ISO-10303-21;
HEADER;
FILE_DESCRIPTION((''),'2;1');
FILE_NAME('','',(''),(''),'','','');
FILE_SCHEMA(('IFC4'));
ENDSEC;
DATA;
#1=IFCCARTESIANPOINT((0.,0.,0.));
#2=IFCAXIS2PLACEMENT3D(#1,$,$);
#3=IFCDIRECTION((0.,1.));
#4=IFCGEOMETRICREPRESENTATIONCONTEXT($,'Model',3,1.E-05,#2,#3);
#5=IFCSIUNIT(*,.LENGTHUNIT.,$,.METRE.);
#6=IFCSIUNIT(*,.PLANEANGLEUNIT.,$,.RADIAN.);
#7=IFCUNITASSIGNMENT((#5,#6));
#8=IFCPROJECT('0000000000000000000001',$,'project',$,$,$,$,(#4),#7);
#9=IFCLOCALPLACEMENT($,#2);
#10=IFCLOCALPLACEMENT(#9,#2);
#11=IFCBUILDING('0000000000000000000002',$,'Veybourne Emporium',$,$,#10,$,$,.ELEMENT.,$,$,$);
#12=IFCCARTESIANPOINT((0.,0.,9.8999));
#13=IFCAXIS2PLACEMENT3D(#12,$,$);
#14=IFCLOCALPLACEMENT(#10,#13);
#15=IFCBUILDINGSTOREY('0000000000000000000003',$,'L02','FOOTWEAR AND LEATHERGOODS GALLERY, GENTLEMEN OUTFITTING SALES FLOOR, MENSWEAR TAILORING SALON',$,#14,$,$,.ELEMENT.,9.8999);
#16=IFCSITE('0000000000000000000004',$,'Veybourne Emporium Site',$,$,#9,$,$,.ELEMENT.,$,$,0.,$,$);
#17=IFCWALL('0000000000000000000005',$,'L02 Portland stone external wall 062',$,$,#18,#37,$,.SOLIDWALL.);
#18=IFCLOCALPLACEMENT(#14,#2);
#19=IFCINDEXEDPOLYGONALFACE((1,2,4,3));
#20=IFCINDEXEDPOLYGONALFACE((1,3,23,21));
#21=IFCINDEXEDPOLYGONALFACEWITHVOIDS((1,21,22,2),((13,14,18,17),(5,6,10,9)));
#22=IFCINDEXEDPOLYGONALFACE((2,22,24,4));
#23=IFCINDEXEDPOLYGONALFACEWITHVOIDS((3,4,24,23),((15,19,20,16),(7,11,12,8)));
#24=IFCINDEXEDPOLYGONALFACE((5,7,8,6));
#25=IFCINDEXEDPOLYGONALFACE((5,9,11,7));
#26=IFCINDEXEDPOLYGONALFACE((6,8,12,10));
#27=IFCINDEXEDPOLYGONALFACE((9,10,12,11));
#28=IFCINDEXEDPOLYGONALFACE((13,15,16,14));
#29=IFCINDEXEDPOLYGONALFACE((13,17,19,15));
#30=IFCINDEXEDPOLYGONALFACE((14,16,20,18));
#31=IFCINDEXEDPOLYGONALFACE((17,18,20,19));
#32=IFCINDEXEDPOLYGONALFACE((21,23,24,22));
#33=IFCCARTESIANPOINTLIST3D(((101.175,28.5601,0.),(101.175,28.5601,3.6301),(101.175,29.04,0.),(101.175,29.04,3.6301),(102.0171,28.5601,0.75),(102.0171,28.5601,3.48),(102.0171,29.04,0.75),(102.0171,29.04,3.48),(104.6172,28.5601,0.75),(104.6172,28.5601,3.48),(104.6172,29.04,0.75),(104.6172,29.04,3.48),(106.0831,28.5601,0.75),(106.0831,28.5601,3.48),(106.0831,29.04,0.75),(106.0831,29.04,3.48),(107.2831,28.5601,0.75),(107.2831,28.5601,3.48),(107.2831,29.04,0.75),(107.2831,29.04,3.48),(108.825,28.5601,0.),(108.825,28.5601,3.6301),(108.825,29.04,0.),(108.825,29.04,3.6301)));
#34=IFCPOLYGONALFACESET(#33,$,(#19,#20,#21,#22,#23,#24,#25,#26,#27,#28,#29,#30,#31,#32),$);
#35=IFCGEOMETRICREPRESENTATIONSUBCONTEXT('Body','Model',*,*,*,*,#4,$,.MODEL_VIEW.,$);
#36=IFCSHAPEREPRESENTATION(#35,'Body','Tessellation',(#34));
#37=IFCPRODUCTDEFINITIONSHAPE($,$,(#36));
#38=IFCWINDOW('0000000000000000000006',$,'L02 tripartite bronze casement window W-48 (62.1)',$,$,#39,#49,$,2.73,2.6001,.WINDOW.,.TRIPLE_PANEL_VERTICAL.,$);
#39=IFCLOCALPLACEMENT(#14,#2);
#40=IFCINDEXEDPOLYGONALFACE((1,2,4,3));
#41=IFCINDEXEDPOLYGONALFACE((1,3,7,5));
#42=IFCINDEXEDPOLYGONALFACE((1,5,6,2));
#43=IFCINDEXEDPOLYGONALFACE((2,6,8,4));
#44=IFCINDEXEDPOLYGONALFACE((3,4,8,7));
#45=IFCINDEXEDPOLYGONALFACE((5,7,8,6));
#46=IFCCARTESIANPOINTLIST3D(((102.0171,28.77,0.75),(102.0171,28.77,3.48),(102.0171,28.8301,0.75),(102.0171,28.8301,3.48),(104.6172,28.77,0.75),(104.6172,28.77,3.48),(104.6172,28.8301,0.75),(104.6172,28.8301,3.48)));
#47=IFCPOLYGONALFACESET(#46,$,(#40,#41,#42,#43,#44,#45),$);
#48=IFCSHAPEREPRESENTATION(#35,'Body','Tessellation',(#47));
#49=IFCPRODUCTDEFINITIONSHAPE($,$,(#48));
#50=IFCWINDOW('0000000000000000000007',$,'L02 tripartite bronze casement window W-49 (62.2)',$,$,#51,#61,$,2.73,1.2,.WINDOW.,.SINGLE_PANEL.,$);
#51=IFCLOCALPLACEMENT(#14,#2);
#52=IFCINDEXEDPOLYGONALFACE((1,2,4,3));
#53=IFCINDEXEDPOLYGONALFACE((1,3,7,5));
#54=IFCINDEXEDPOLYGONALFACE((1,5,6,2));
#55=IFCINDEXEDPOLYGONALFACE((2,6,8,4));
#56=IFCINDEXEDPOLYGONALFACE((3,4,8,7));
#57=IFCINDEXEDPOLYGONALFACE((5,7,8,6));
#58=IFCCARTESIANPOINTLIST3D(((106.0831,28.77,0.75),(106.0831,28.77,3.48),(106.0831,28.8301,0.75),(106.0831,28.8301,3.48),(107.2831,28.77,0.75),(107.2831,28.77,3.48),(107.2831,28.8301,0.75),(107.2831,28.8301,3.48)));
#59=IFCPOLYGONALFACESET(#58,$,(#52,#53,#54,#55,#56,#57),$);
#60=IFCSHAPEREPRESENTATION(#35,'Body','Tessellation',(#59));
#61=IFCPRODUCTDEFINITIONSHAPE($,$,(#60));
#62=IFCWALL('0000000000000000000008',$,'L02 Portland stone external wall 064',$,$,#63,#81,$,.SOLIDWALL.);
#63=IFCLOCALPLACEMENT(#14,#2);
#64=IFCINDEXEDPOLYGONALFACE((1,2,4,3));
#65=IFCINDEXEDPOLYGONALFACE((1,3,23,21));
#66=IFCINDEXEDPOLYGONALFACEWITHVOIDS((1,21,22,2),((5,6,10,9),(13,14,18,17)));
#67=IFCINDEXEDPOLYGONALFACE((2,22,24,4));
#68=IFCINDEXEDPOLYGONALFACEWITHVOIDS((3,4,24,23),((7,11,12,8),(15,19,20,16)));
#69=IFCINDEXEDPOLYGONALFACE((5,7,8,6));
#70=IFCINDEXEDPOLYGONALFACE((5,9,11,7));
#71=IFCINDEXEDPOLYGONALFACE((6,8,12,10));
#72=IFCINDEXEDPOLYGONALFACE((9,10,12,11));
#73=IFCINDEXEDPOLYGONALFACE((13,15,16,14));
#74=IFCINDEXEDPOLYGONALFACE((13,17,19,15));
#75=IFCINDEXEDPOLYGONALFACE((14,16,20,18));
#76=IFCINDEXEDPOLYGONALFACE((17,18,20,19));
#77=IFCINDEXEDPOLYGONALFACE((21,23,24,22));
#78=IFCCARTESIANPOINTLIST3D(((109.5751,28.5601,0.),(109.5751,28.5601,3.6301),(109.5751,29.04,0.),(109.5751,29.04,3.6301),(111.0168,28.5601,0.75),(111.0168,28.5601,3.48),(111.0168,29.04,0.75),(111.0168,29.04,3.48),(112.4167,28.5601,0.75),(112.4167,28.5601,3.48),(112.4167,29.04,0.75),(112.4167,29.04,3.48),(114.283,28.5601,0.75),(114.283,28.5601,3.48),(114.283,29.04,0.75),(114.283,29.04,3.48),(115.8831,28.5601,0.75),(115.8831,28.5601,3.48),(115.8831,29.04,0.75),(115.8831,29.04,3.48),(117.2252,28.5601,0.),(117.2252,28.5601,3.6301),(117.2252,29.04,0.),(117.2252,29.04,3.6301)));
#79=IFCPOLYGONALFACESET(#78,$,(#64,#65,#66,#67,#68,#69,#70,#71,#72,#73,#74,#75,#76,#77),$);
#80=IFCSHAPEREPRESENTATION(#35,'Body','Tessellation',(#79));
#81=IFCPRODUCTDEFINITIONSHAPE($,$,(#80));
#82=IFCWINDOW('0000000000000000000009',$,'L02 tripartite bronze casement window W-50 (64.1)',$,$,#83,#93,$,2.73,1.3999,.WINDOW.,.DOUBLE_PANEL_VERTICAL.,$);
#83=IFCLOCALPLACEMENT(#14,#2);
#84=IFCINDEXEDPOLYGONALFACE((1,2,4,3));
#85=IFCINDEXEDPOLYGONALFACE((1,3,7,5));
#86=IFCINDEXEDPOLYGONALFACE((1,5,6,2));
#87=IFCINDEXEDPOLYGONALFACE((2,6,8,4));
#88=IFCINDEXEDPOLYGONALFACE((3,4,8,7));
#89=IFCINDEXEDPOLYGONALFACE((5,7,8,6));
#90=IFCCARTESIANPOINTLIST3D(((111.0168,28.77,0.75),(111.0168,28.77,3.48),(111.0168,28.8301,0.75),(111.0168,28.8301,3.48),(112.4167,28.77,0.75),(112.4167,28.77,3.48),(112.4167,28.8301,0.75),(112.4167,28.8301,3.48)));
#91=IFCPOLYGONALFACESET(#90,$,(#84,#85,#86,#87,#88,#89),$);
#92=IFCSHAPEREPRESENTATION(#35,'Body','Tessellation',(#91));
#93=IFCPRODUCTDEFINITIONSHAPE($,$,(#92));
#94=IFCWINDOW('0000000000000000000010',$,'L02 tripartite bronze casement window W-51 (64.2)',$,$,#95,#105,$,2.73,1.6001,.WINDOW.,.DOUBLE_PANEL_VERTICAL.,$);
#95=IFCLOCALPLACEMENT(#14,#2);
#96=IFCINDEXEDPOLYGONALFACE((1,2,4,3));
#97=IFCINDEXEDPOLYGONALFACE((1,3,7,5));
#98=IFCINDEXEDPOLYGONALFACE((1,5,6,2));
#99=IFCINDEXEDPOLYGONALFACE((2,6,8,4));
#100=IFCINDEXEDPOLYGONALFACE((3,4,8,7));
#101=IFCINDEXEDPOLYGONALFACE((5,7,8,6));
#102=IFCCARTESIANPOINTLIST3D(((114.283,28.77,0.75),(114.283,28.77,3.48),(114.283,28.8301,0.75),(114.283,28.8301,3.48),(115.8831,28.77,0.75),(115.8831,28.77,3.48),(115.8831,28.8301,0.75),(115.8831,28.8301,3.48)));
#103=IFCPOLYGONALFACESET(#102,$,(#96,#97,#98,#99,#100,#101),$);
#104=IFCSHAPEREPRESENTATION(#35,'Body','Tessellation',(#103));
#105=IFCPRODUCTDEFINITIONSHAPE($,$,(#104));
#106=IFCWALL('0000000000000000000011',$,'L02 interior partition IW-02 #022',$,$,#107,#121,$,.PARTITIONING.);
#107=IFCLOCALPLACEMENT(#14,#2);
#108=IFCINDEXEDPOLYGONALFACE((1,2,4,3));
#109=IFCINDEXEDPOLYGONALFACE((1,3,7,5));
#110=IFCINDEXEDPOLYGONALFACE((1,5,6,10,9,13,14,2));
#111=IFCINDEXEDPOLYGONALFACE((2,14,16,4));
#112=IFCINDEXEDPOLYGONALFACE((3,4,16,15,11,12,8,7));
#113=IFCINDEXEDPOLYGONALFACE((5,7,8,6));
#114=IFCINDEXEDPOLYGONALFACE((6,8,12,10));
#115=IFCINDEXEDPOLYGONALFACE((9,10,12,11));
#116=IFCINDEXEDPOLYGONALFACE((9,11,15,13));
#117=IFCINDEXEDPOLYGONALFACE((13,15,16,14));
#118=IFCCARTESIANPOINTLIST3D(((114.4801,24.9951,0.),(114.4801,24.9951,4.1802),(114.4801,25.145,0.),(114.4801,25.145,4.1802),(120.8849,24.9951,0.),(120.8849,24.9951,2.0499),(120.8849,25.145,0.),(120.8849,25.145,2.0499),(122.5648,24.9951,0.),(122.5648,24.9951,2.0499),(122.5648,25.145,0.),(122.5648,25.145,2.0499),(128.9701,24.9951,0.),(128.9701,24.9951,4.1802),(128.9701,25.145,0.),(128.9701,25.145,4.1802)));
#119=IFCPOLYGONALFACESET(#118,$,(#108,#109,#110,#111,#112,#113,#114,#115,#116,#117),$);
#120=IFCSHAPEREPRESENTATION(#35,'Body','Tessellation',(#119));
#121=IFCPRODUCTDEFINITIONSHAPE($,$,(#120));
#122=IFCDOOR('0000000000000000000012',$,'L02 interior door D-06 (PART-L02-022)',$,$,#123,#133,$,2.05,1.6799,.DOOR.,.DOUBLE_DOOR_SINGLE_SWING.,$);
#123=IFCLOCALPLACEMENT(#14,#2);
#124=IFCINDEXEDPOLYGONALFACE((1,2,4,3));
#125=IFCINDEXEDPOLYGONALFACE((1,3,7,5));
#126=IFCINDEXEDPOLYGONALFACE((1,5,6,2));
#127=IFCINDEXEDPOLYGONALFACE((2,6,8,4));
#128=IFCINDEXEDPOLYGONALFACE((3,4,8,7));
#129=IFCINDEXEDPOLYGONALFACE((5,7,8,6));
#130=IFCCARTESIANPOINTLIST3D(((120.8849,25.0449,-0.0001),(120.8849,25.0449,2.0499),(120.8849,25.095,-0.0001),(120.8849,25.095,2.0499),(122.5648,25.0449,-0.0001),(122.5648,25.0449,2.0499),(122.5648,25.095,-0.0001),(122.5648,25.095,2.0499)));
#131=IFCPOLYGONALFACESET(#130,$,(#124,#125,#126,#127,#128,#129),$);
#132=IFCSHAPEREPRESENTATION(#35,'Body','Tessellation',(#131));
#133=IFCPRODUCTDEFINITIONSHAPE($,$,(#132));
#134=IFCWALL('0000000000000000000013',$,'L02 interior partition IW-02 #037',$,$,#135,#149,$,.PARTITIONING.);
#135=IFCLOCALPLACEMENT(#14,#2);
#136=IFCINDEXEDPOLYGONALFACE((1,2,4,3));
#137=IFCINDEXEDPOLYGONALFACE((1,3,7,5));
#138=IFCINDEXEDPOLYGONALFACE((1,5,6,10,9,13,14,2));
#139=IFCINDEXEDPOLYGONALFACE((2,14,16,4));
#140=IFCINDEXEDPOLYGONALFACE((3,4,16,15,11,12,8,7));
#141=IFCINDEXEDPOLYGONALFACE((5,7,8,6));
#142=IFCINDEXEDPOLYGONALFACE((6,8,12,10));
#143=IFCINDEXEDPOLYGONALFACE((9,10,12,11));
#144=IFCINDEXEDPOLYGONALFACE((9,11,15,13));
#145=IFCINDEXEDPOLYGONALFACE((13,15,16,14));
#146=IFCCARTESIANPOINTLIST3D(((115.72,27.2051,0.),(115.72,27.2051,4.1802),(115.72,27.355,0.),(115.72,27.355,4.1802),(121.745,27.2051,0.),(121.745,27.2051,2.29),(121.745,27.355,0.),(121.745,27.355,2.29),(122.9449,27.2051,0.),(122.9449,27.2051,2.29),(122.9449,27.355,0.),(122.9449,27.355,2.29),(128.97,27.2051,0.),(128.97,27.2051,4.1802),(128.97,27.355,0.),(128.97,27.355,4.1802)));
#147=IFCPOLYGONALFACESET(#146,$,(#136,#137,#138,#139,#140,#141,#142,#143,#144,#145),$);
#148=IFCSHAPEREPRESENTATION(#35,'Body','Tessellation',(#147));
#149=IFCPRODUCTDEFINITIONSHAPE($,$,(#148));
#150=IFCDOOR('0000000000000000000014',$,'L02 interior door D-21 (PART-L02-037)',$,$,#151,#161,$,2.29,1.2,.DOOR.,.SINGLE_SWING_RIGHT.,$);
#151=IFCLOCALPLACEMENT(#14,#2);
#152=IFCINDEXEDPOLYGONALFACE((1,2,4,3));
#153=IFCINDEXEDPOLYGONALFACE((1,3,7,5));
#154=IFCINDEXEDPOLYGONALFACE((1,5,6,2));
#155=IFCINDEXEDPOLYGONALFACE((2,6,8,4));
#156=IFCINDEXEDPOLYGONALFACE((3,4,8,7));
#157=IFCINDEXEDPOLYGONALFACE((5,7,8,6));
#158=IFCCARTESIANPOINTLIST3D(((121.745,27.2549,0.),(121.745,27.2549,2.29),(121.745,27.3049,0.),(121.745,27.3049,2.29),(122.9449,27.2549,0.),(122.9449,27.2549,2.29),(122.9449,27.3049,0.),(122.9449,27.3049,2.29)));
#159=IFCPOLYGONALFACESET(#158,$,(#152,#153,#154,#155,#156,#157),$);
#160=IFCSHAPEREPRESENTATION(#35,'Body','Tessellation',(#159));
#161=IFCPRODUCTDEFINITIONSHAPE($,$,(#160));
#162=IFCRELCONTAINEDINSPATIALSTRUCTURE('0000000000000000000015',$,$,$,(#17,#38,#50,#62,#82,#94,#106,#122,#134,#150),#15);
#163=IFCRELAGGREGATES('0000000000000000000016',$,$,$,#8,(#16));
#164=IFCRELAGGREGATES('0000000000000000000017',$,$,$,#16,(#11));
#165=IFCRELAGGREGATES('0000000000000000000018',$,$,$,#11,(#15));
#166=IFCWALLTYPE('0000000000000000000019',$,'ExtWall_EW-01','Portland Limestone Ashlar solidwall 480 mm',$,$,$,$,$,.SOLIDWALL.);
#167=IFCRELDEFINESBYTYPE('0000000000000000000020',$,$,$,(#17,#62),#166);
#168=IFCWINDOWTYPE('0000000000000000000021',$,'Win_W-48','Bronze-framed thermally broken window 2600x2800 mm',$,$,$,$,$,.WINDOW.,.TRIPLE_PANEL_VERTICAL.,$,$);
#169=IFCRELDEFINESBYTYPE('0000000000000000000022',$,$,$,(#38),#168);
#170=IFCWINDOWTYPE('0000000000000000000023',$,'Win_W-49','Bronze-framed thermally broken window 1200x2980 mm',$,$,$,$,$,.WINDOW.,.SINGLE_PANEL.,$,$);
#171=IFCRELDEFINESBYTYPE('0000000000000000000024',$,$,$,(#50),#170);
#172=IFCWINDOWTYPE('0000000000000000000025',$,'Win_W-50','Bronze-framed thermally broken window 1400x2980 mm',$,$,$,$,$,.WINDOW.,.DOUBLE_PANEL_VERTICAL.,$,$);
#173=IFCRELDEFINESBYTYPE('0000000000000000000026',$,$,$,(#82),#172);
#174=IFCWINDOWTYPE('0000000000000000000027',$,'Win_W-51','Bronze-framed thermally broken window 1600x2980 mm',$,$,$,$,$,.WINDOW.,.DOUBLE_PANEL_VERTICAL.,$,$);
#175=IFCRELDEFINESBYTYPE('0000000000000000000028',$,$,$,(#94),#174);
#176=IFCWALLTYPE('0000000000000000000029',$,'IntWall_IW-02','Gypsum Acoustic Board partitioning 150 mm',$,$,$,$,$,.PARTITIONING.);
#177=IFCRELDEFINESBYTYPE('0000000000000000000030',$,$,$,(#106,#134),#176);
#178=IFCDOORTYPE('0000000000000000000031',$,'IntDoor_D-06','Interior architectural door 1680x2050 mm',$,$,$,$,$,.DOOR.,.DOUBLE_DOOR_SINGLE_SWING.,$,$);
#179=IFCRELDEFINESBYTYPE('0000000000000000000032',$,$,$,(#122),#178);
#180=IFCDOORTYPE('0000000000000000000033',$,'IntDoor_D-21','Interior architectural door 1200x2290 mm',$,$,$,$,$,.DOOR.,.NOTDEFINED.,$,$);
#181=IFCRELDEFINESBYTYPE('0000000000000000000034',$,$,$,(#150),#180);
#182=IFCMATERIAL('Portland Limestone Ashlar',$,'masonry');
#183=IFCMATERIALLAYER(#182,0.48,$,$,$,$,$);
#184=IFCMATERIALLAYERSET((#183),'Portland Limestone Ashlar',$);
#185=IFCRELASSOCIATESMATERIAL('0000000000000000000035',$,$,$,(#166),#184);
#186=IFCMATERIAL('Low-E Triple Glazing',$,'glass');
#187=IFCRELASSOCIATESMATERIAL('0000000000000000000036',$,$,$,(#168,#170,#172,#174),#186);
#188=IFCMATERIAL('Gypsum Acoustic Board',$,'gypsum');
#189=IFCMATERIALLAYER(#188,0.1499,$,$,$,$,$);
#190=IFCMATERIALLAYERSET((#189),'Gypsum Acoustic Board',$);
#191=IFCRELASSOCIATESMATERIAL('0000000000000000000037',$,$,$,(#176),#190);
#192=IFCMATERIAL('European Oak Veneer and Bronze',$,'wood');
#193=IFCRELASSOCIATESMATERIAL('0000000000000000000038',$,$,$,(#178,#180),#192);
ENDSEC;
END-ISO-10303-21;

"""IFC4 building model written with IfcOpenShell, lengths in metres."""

from ifc_helpers import new_model, si_unit, direction, frame, frame_2d, origin, place, context, subcontext, project, spatial, rectangle, extrude, material, layer, layer_set, type_object, element, fill, save


model = new_model("IFC4")

# Units and contexts
model_context = context("Model", 3, precision=1e-05, world=origin(), true_north=direction((0.0, 1.0)))
body_context = subcontext(model_context, "Body", "Model", "MODEL_VIEW")
ifc_project = project(units=[si_unit("LENGTHUNIT", "METRE"), si_unit("PLANEANGLEUNIT", "RADIAN")], contexts=[model_context])

# Site, building, storey
site_placement = place(None, origin())
site = spatial("IfcSite", under=ifc_project, at=site_placement, Name="Veybourne Emporium Site", CompositionType="ELEMENT", RefElevation=0.0)
building_placement = place(site_placement, origin())
building = spatial("IfcBuilding", under=site, at=building_placement, Name="Veybourne Emporium", CompositionType="ELEMENT")
storey_placement = place(building_placement, frame((0.0, 0.0, 9.8999)))
storey = spatial("IfcBuildingStorey", under=building, at=storey_placement, Name="L02", Description="FOOTWEAR AND LEATHERGOODS GALLERY, GENTLEMEN OUTFITTING SALES FLOOR, MENSWEAR TAILORING SALON", CompositionType="ELEMENT", Elevation=9.8999)

# Shared definitions
ifc_material_1 = material(Name="Low-E Triple Glazing", Category="glass")

# Walls, openings, windows
ifc_material_2 = material(Name="Portland Limestone Ashlar", Category="masonry")
ifc_layer_1 = layer(ifc_material_2, 0.48)
ifc_layer_set_1 = layer_set([ifc_layer_1], Name="Portland Limestone Ashlar")
wall_type_1 = type_object("IfcWallType", Name="ExtWall_EW-01", Description="Portland Limestone Ashlar solidwall 480 mm", PredefinedType="SOLIDWALL", material=ifc_layer_set_1)
wall_1_placement = place(storey_placement, frame((101.175, 28.8, 0.0), z_axis=(0.0, 0.0, 1.0), x_axis=(1.0, 0.0, 0.0)))
wall_1 = element("IfcWall", 1, at=wall_1_placement, inside=storey, type_object=wall_type_1, Name="L02 Portland stone external wall 062", PredefinedType="SOLIDWALL", context=body_context, shape_type="SweptSolid", body=[
    extrude(rectangle(XDim=7.6499, YDim=0.48, at=frame_2d((3.825, 0.0))), origin(), (0.0, 0.0, 1.0), 3.6301),
])
opening_1_placement = place(wall_1_placement, frame((0.842, 0.0, 0.75)))
opening_1 = element("IfcOpeningElement", 2, at=opening_1_placement, cuts=wall_1, PredefinedType="OPENING", context=body_context, shape_type="SweptSolid", body=[
    extrude(rectangle(XDim=2.6001, YDim=2.73, at=frame_2d((1.3, 1.365))), frame((0.0, 0.26, 0.0), z_axis=(0.0, -1.0, 0.0), x_axis=(1.0, 0.0, 0.0)), (0.0, 0.0, 1.0), 0.52),
])
opening_2_placement = place(wall_1_placement, frame((4.908, 0.0, 0.75)))
opening_2 = element("IfcOpeningElement", 3, at=opening_2_placement, cuts=wall_1, PredefinedType="OPENING", context=body_context, shape_type="SweptSolid", body=[
    extrude(rectangle(XDim=1.2, YDim=2.73, at=frame_2d((0.6001, 1.365))), frame((0.0, 0.26, 0.0), z_axis=(0.0, -1.0, 0.0), x_axis=(1.0, 0.0, 0.0)), (0.0, 0.0, 1.0), 0.52),
])
window_type_1 = type_object("IfcWindowType", Name="Win_W-48", Description="Bronze-framed thermally broken window 2600x2800 mm", PartitioningType="TRIPLE_PANEL_VERTICAL", PredefinedType="WINDOW", material=ifc_material_1)
window_1_placement = place(opening_1_placement, origin())
window_1 = element("IfcWindow", 4, at=window_1_placement, inside=storey, type_object=window_type_1, Name="L02 tripartite bronze casement window W-48 (62.1)", OverallHeight=2.73, OverallWidth=2.6001, PartitioningType="TRIPLE_PANEL_VERTICAL", PredefinedType="WINDOW", context=body_context, shape_type="SweptSolid", body=[
    extrude(rectangle(XDim=2.6001, YDim=2.73, at=frame_2d((1.3, 1.365))), frame((0.0, 0.03, 0.0), z_axis=(0.0, -1.0, 0.0), x_axis=(1.0, 0.0, 0.0)), (0.0, 0.0, 1.0), 0.0601),
])
fill(opening_1, window_1)
window_type_2 = type_object("IfcWindowType", Name="Win_W-49", Description="Bronze-framed thermally broken window 1200x2980 mm", PartitioningType="SINGLE_PANEL", PredefinedType="WINDOW", material=ifc_material_1)
window_2_placement = place(opening_2_placement, origin())
window_2 = element("IfcWindow", 5, at=window_2_placement, inside=storey, type_object=window_type_2, Name="L02 tripartite bronze casement window W-49 (62.2)", OverallHeight=2.73, OverallWidth=1.2, PartitioningType="SINGLE_PANEL", PredefinedType="WINDOW", context=body_context, shape_type="SweptSolid", body=[
    extrude(rectangle(XDim=1.2, YDim=2.73, at=frame_2d((0.6001, 1.365))), frame((0.0, 0.03, 0.0), z_axis=(0.0, -1.0, 0.0), x_axis=(1.0, 0.0, 0.0)), (0.0, 0.0, 1.0), 0.0601),
])
fill(opening_2, window_2)
wall_2_placement = place(storey_placement, frame((109.575, 28.8, 0.0), z_axis=(0.0, 0.0, 1.0), x_axis=(1.0, 0.0, 0.0)))
wall_2 = element("IfcWall", 6, at=wall_2_placement, inside=storey, type_object=wall_type_1, Name="L02 Portland stone external wall 064", PredefinedType="SOLIDWALL", context=body_context, shape_type="SweptSolid", body=[
    extrude(rectangle(XDim=7.6501, YDim=0.48, at=frame_2d((3.8252, 0.0))), origin(), (0.0, 0.0, 1.0), 3.6301),
])
opening_3_placement = place(wall_2_placement, frame((1.4419, 0.0, 0.75)))
opening_3 = element("IfcOpeningElement", 7, at=opening_3_placement, cuts=wall_2, PredefinedType="OPENING", context=body_context, shape_type="SweptSolid", body=[
    extrude(rectangle(XDim=1.3999, YDim=2.73, at=frame_2d((0.7, 1.365))), frame((0.0, 0.26, 0.0), z_axis=(0.0, -1.0, 0.0), x_axis=(1.0, 0.0, 0.0)), (0.0, 0.0, 1.0), 0.52),
])
opening_4_placement = place(wall_2_placement, frame((4.708, 0.0, 0.75)))
opening_4 = element("IfcOpeningElement", 8, at=opening_4_placement, cuts=wall_2, PredefinedType="OPENING", context=body_context, shape_type="SweptSolid", body=[
    extrude(rectangle(XDim=1.6001, YDim=2.73, at=frame_2d((0.8, 1.365))), frame((0.0, 0.26, 0.0), z_axis=(0.0, -1.0, 0.0), x_axis=(1.0, 0.0, 0.0)), (0.0, 0.0, 1.0), 0.52),
])
window_type_3 = type_object("IfcWindowType", Name="Win_W-50", Description="Bronze-framed thermally broken window 1400x2980 mm", PartitioningType="DOUBLE_PANEL_VERTICAL", PredefinedType="WINDOW", material=ifc_material_1)
window_3_placement = place(opening_3_placement, origin())
window_3 = element("IfcWindow", 9, at=window_3_placement, inside=storey, type_object=window_type_3, Name="L02 tripartite bronze casement window W-50 (64.1)", OverallHeight=2.73, OverallWidth=1.3999, PartitioningType="DOUBLE_PANEL_VERTICAL", PredefinedType="WINDOW", context=body_context, shape_type="SweptSolid", body=[
    extrude(rectangle(XDim=1.3999, YDim=2.73, at=frame_2d((0.7, 1.365))), frame((0.0, 0.03, 0.0), z_axis=(0.0, -1.0, 0.0), x_axis=(1.0, 0.0, 0.0)), (0.0, 0.0, 1.0), 0.0601),
])
fill(opening_3, window_3)
window_type_4 = type_object("IfcWindowType", Name="Win_W-51", Description="Bronze-framed thermally broken window 1600x2980 mm", PartitioningType="DOUBLE_PANEL_VERTICAL", PredefinedType="WINDOW", material=ifc_material_1)
window_4_placement = place(opening_4_placement, origin())
window_4 = element("IfcWindow", 10, at=window_4_placement, inside=storey, type_object=window_type_4, Name="L02 tripartite bronze casement window W-51 (64.2)", OverallHeight=2.73, OverallWidth=1.6001, PartitioningType="DOUBLE_PANEL_VERTICAL", PredefinedType="WINDOW", context=body_context, shape_type="SweptSolid", body=[
    extrude(rectangle(XDim=1.6001, YDim=2.73, at=frame_2d((0.8, 1.365))), frame((0.0, 0.03, 0.0), z_axis=(0.0, -1.0, 0.0), x_axis=(1.0, 0.0, 0.0)), (0.0, 0.0, 1.0), 0.0601),
])
fill(opening_4, window_4)

# Walls, openings, doors
ifc_material_3 = material(Name="Gypsum Acoustic Board", Category="gypsum")
ifc_layer_2 = layer(ifc_material_3, 0.1499)
ifc_layer_set_2 = layer_set([ifc_layer_2], Name="Gypsum Acoustic Board")
wall_type_2 = type_object("IfcWallType", Name="IntWall_IW-02", Description="Gypsum Acoustic Board partitioning 150 mm", PredefinedType="PARTITIONING", material=ifc_layer_set_2)
wall_3_placement = place(storey_placement, frame((114.48, 25.0701, 0.0), z_axis=(0.0, 0.0, 1.0), x_axis=(1.0, 0.0, 0.0)))
wall_3 = element("IfcWall", 11, at=wall_3_placement, inside=storey, type_object=wall_type_2, Name="L02 interior partition IW-02 #022", PredefinedType="PARTITIONING", context=body_context, shape_type="SweptSolid", body=[
    extrude(rectangle(XDim=14.49, YDim=0.1499, at=frame_2d((7.2451, 0.0))), origin(), (0.0, 0.0, 1.0), 4.1802),
])
opening_5_placement = place(wall_3_placement, frame((6.405, 0.0, 0.0)))
opening_5 = element("IfcOpeningElement", 12, at=opening_5_placement, cuts=wall_3, PredefinedType="OPENING", context=body_context, shape_type="SweptSolid", body=[
    extrude(rectangle(XDim=1.6799, YDim=2.05, at=frame_2d((0.8398, 1.0249))), frame((0.0, 0.095, 0.0), z_axis=(0.0, -1.0, 0.0), x_axis=(1.0, 0.0, 0.0)), (0.0, 0.0, 1.0), 0.1899),
])
ifc_material_4 = material(Name="European Oak Veneer and Bronze", Category="wood")
door_type_1 = type_object("IfcDoorType", Name="IntDoor_D-06", Description="Interior architectural door 1680x2050 mm", OperationType="DOUBLE_DOOR_SINGLE_SWING", PredefinedType="DOOR", material=ifc_material_4)
door_1_placement = place(opening_5_placement, origin())
door_1 = element("IfcDoor", 13, at=door_1_placement, inside=storey, type_object=door_type_1, Name="L02 interior door D-06 (PART-L02-022)", OperationType="DOUBLE_DOOR_SINGLE_SWING", OverallHeight=2.05, OverallWidth=1.6799, PredefinedType="DOOR", context=body_context, shape_type="SweptSolid", body=[
    extrude(rectangle(XDim=1.6799, YDim=2.05, at=frame_2d((0.8398, 1.0249))), frame((0.0, 0.0249, 0.0), z_axis=(0.0, -1.0, 0.0), x_axis=(1.0, 0.0, 0.0)), (0.0, 0.0, 1.0), 0.05),
])
fill(opening_5, door_1)
wall_4_placement = place(storey_placement, frame((115.72, 27.28, 0.0), z_axis=(0.0, 0.0, 1.0), x_axis=(1.0, 0.0, 0.0)))
wall_4 = element("IfcWall", 14, at=wall_4_placement, inside=storey, type_object=wall_type_2, Name="L02 interior partition IW-02 #037", PredefinedType="PARTITIONING", context=body_context, shape_type="SweptSolid", body=[
    extrude(rectangle(XDim=13.25, YDim=0.1499, at=frame_2d((6.625, 0.0))), origin(), (0.0, 0.0, 1.0), 4.1802),
])
opening_6_placement = place(wall_4_placement, frame((6.0249, 0.0, 0.0)))
opening_6 = element("IfcOpeningElement", 15, at=opening_6_placement, cuts=wall_4, PredefinedType="OPENING", context=body_context, shape_type="SweptSolid", body=[
    extrude(rectangle(XDim=1.2, YDim=2.29, at=frame_2d((0.6001, 1.145))), frame((0.0, 0.095, 0.0), z_axis=(0.0, -1.0, 0.0), x_axis=(1.0, 0.0, 0.0)), (0.0, 0.0, 1.0), 0.1899),
])
door_type_2 = type_object("IfcDoorType", Name="IntDoor_D-21", Description="Interior architectural door 1200x2290 mm", OperationType="NOTDEFINED", PredefinedType="DOOR", material=ifc_material_4)
door_2_placement = place(opening_6_placement, origin())
door_2 = element("IfcDoor", 16, at=door_2_placement, inside=storey, type_object=door_type_2, Name="L02 interior door D-21 (PART-L02-037)", OperationType="SINGLE_SWING_RIGHT", OverallHeight=2.29, OverallWidth=1.2, PredefinedType="DOOR", context=body_context, shape_type="SweptSolid", body=[
    extrude(rectangle(XDim=1.2, YDim=2.29, at=frame_2d((0.6001, 1.145))), frame((0.0, 0.0249, 0.0), z_axis=(0.0, -1.0, 0.0), x_axis=(1.0, 0.0, 0.0)), (0.0, 0.0, 1.0), 0.05),
])
fill(opening_6, door_2)

save(model, "model.ifc")
